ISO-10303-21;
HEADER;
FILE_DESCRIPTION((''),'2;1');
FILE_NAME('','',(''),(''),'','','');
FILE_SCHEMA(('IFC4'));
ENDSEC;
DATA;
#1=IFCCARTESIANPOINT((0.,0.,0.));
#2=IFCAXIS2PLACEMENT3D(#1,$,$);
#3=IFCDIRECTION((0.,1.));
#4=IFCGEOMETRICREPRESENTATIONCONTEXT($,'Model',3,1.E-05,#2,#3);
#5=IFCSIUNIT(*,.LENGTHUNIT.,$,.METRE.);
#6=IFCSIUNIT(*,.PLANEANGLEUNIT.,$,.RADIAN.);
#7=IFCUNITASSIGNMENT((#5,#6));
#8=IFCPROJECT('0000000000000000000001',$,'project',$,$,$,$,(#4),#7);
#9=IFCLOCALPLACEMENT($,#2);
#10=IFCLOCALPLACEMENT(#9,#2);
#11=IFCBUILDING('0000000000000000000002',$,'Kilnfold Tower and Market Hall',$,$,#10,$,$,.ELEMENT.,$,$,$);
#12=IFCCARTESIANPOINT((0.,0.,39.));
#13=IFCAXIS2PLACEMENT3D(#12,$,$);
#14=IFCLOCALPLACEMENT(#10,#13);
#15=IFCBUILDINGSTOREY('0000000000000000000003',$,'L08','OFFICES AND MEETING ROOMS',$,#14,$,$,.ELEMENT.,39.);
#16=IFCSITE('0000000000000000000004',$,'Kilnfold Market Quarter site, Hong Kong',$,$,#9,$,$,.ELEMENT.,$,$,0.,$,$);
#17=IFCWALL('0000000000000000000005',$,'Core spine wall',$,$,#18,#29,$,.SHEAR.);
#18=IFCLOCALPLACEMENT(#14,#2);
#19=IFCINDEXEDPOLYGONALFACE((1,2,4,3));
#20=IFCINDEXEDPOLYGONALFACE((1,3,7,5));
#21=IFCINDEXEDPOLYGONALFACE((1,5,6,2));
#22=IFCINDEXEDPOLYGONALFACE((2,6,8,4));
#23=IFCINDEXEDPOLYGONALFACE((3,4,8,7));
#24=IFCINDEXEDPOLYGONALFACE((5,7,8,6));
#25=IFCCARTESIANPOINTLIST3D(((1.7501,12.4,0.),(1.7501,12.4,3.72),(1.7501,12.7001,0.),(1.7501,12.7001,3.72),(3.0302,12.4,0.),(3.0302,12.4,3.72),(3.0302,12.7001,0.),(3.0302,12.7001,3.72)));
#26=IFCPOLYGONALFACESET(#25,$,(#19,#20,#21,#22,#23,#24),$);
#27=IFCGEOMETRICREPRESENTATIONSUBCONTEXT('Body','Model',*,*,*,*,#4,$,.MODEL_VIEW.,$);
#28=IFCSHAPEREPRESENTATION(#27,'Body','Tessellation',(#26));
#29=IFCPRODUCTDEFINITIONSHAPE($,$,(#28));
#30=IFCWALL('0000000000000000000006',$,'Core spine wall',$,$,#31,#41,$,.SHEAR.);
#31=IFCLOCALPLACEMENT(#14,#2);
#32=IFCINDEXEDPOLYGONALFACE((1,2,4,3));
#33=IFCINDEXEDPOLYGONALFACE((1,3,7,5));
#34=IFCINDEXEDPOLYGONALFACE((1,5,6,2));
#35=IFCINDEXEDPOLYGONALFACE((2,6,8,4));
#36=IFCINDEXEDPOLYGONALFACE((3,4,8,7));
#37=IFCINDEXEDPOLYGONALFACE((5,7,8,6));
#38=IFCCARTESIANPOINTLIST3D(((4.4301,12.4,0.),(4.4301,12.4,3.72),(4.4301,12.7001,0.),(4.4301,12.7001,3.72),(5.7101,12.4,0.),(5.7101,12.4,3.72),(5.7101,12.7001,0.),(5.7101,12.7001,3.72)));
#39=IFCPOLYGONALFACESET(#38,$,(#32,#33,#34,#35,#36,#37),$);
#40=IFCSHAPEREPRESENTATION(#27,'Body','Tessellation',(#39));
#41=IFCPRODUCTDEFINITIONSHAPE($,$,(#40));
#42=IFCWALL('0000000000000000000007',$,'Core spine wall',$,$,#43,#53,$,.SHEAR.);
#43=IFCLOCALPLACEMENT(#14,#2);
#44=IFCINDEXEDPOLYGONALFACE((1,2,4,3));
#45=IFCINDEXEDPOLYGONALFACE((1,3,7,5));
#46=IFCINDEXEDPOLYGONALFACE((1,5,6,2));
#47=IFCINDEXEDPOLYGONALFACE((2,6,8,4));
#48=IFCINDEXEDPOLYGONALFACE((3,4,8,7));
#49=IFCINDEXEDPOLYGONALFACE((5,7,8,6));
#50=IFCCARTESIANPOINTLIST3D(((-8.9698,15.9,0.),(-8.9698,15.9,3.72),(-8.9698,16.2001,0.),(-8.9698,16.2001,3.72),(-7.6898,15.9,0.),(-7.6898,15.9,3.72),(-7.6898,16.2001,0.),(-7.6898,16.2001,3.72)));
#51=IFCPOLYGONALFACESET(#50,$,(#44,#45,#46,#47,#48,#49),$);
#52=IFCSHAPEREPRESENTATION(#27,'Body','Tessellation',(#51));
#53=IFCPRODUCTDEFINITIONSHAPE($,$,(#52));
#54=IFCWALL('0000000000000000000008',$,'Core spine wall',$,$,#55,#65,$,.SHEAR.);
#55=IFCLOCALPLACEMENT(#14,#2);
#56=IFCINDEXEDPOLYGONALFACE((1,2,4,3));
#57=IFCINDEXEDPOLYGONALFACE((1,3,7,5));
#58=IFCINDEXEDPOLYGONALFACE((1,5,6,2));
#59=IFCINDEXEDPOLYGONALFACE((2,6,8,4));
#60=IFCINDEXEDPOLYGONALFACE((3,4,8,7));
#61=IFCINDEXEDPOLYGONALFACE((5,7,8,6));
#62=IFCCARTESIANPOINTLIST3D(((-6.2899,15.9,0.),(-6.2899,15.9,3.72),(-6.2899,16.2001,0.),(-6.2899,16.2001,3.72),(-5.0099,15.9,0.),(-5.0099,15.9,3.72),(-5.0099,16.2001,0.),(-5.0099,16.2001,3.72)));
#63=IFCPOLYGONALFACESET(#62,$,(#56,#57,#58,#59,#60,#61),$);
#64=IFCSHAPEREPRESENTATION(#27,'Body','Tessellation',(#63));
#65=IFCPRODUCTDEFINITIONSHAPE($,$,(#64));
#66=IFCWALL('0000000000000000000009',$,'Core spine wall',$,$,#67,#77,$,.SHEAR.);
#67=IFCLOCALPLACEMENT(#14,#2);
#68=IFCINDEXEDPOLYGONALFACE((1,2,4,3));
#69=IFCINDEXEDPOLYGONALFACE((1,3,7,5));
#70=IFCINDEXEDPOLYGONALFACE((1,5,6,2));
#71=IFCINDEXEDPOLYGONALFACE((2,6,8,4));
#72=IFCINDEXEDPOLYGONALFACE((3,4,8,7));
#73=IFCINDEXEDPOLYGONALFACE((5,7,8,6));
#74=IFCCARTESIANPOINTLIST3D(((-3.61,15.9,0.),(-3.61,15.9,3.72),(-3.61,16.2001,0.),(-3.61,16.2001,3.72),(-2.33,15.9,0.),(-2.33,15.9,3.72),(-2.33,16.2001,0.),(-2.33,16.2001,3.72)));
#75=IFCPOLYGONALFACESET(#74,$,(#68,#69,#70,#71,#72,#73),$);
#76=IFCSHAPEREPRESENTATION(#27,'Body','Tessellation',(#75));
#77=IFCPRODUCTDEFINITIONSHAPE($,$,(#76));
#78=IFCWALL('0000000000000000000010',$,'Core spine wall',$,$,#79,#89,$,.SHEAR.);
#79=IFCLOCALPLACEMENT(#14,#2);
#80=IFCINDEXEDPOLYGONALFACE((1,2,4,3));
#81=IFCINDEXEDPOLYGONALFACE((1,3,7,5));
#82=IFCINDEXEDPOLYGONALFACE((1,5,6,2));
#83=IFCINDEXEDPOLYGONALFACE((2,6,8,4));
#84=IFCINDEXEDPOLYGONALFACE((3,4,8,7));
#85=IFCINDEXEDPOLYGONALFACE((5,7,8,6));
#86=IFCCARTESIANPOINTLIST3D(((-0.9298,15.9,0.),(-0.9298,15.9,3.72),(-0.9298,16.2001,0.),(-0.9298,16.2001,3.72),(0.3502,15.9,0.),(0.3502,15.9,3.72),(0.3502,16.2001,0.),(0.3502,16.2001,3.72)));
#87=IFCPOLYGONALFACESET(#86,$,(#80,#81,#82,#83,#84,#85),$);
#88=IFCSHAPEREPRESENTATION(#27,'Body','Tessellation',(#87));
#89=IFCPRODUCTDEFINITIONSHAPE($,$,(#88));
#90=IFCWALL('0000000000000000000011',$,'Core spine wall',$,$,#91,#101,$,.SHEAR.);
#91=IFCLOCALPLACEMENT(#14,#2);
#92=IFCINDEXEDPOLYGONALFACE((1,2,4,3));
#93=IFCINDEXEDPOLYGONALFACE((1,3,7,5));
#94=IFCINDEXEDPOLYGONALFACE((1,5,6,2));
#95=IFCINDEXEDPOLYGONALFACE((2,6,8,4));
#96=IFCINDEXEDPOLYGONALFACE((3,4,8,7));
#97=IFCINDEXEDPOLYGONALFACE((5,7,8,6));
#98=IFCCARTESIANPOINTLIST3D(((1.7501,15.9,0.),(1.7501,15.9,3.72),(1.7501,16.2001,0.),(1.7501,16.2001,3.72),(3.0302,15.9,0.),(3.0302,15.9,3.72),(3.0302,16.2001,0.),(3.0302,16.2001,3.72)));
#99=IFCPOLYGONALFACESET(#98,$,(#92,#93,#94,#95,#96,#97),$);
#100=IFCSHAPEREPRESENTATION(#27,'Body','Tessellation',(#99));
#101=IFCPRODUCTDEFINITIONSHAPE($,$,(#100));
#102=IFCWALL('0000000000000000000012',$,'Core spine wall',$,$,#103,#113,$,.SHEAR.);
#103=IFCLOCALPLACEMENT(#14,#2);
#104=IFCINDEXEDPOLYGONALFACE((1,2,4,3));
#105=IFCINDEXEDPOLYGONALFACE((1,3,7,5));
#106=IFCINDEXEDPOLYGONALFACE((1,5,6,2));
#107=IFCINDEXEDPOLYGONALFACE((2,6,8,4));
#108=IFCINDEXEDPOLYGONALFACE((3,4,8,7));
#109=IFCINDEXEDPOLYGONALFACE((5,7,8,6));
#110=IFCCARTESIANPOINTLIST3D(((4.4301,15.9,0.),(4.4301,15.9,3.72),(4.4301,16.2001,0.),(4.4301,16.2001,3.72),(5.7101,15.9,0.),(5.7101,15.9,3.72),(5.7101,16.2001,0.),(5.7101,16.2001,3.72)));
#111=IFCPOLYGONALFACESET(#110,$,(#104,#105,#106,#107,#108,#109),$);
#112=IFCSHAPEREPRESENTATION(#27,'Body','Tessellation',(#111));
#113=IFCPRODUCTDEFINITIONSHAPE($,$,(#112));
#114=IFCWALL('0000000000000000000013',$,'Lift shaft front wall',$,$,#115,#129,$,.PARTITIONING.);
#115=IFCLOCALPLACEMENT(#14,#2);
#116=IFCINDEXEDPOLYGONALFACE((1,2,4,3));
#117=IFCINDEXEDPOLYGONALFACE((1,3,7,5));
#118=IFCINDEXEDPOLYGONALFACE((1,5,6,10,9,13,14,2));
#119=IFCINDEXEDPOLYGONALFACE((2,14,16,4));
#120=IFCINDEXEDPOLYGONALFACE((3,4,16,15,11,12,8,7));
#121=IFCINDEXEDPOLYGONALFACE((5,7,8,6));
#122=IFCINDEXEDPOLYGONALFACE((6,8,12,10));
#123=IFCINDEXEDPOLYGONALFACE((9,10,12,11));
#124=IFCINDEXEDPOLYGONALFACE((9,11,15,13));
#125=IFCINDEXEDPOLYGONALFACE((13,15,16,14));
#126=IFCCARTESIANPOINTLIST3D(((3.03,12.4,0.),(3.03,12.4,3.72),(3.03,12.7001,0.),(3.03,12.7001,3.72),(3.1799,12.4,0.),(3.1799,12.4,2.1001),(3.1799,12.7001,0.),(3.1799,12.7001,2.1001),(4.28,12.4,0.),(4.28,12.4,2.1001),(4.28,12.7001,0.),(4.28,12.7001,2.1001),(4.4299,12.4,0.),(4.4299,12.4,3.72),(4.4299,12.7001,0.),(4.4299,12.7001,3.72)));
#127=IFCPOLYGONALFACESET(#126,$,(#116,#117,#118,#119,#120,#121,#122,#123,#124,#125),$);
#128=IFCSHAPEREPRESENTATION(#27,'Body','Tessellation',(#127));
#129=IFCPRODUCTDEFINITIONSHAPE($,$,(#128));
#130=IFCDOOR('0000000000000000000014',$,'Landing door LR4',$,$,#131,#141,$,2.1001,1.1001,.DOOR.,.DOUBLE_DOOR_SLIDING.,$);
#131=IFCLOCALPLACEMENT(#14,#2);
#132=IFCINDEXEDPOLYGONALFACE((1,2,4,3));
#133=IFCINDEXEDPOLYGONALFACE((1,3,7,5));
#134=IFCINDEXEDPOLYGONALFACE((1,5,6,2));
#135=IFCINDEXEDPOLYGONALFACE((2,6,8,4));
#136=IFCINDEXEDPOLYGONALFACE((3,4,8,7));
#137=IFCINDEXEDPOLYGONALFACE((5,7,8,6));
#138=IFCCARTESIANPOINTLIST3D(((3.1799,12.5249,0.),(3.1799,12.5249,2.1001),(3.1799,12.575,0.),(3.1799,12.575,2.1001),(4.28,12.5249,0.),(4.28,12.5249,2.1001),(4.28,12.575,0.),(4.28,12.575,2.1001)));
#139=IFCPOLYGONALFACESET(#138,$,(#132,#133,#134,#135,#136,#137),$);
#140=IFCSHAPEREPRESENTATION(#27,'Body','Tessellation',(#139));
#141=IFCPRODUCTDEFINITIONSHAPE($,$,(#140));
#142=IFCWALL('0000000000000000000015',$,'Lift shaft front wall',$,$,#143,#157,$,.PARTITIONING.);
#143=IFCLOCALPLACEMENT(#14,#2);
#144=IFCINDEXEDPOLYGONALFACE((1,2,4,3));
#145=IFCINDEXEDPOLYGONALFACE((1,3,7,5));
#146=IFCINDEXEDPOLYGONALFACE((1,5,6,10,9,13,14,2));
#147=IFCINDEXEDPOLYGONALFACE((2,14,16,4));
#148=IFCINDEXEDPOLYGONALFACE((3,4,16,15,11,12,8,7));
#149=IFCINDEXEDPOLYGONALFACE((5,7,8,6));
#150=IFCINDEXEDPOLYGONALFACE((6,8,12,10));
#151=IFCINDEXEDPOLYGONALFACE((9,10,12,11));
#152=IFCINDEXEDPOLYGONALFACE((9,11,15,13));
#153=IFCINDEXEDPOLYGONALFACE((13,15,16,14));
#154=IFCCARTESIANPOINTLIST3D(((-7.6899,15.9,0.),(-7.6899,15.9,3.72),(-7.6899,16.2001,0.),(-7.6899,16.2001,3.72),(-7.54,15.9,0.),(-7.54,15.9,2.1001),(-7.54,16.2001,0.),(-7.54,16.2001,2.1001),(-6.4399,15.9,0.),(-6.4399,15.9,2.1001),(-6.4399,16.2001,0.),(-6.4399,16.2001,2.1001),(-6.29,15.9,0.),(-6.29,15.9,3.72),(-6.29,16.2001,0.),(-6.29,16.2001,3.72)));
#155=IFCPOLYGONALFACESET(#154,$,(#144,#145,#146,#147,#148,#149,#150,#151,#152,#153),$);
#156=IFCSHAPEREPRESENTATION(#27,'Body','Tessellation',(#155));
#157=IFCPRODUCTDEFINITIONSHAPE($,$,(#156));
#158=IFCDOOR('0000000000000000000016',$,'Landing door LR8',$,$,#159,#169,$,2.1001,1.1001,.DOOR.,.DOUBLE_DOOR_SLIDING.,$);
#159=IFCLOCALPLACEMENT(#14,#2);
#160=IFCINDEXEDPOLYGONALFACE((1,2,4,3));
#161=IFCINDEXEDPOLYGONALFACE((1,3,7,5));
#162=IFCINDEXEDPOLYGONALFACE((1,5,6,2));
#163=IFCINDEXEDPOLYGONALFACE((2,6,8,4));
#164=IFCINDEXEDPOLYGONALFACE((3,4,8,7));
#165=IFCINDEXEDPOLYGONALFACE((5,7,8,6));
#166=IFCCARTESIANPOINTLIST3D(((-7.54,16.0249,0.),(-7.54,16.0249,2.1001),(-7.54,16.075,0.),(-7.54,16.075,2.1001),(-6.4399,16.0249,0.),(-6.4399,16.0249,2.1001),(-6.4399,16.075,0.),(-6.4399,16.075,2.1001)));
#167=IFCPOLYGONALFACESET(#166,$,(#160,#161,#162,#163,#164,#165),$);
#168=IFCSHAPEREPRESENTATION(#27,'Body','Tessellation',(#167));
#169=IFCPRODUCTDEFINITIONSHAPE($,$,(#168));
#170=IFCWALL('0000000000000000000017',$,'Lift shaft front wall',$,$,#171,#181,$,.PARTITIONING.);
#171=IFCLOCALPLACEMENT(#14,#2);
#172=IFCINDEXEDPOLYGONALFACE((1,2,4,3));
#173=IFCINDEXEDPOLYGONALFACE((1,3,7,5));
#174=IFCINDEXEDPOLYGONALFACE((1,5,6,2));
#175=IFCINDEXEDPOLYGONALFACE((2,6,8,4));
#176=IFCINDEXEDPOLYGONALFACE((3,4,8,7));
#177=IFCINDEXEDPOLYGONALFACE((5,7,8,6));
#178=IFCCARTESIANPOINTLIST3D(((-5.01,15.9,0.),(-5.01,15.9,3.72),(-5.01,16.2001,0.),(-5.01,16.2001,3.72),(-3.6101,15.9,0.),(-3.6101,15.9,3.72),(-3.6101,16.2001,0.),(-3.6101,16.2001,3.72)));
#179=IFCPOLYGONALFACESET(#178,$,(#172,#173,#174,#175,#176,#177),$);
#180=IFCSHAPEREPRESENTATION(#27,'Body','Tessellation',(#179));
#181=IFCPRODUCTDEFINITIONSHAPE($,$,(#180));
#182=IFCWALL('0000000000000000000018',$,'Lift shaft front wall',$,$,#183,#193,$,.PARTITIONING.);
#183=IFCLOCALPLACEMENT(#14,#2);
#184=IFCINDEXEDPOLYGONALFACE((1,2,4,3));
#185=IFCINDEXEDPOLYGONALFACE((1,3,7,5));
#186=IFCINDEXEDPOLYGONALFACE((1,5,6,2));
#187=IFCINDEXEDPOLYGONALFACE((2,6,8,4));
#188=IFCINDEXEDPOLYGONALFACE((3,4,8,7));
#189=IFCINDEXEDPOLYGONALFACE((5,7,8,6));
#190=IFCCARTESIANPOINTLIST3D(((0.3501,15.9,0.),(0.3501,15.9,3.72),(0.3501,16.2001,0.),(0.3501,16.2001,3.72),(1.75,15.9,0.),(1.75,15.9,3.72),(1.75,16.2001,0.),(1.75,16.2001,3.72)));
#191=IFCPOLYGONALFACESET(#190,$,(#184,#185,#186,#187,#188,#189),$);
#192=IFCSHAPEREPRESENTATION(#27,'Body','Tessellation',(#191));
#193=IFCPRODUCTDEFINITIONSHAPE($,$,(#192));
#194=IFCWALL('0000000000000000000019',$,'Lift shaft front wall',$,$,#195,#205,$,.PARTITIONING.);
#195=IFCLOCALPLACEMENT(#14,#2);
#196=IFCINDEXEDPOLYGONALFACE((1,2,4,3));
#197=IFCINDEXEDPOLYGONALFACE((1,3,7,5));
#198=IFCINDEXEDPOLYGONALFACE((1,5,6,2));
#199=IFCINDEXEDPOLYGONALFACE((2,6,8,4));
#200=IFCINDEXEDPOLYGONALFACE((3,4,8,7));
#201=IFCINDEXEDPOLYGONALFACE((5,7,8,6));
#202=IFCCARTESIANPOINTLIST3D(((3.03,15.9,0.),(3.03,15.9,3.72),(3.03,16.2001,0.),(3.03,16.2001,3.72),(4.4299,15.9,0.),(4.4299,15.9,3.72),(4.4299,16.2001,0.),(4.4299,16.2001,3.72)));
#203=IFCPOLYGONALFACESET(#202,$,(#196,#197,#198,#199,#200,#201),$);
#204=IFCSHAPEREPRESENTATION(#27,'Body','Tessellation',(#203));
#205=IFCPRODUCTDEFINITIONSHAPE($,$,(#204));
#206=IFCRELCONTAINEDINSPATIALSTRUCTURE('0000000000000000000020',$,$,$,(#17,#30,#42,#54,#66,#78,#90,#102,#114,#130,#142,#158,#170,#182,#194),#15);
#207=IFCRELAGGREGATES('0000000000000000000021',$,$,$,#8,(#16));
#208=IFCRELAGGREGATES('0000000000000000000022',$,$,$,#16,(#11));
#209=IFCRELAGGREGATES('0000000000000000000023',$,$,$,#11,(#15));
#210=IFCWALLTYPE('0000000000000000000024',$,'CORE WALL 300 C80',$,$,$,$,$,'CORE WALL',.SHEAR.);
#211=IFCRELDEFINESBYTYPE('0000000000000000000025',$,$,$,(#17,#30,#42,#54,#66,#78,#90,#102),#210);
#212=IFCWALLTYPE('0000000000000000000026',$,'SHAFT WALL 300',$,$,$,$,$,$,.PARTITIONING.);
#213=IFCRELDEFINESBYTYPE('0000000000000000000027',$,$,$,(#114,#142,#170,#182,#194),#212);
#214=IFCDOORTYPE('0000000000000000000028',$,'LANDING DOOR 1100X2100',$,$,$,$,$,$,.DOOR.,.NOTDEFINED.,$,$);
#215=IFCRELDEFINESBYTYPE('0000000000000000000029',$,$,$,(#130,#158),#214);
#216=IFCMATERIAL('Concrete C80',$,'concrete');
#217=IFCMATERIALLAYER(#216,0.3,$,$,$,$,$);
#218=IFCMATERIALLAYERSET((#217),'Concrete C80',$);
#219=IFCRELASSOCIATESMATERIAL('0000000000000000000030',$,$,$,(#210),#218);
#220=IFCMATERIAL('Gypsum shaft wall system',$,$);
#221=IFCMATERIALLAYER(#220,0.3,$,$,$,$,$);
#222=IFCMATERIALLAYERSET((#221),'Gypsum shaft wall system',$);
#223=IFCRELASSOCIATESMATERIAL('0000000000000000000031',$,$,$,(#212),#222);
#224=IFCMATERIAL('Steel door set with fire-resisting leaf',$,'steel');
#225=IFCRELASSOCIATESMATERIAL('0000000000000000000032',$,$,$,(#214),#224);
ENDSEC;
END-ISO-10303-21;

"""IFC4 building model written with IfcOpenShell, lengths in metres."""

from ifc_helpers import new_model, si_unit, direction, frame, frame_2d, origin, place, context, subcontext, project, spatial, rectangle, extrude, source, transform, mapped, material, layer, layer_set, type_object, element, fill, save


model = new_model("IFC4")

# Units and contexts
model_context = context("Model", 3, precision=1e-05, world=origin(), true_north=direction((0.0, 1.0)))
body_context = subcontext(model_context, "Body", "Model", "MODEL_VIEW")
ifc_project = project(units=[si_unit("LENGTHUNIT", "METRE"), si_unit("PLANEANGLEUNIT", "RADIAN")], contexts=[model_context])

# Site, building, storey
site_placement = place(None, origin())
site = spatial("IfcSite", under=ifc_project, at=site_placement, Name="Kilnfold Market Quarter site, Hong Kong", CompositionType="ELEMENT", RefElevation=0.0)
building_placement = place(site_placement, origin())
building = spatial("IfcBuilding", under=site, at=building_placement, Name="Kilnfold Tower and Market Hall", CompositionType="ELEMENT")
storey_placement = place(building_placement, frame((0.0, 0.0, 39.0)))
storey = spatial("IfcBuildingStorey", under=building, at=storey_placement, Name="L08", Description="OFFICES AND MEETING ROOMS", CompositionType="ELEMENT", Elevation=39.0)

# Walls
ifc_material_1 = material(Name="Concrete C80", Category="concrete")
ifc_layer_1 = layer(ifc_material_1, 0.3)
ifc_layer_set_1 = layer_set([ifc_layer_1], Name="Concrete C80")
wall_type_1 = type_object("IfcWallType", Name="CORE WALL 300 C80", ElementType="CORE WALL", PredefinedType="SHEAR", material=ifc_layer_set_1)
shared_shape_1 = source(origin(), body_context, "Body", "SweptSolid", [
    extrude(rectangle(XDim=1.28, YDim=0.3, at=frame_2d((0.6401, 0.0))), origin(), (0.0, 0.0, 1.0), 3.72),
])
for number, where, z_axis, x_axis, name in (
    (1, (1.75, 12.55, 0.0), (0.0, 0.0, 1.0), (1.0, 0.0, 0.0), "Core spine wall"),
    (2, (4.4299, 12.55, 0.0), (0.0, 0.0, 1.0), (1.0, 0.0, 0.0), "Core spine wall"),
    (3, (-8.97, 16.05, 0.0), (0.0, 0.0, 1.0), (1.0, 0.0, 0.0), "Core spine wall"),
    (4, (-6.29, 16.05, 0.0), (0.0, 0.0, 1.0), (1.0, 0.0, 0.0), "Core spine wall"),
    (5, (-3.6101, 16.05, 0.0), (0.0, 0.0, 1.0), (1.0, 0.0, 0.0), "Core spine wall"),
    (6, (-0.9299, 16.05, 0.0), (0.0, 0.0, 1.0), (1.0, 0.0, 0.0), "Core spine wall"),
    (7, (1.75, 16.05, 0.0), (0.0, 0.0, 1.0), (1.0, 0.0, 0.0), "Core spine wall"),
    (8, (4.4299, 16.05, 0.0), (0.0, 0.0, 1.0), (1.0, 0.0, 0.0), "Core spine wall"),
):
    element("IfcWall", number, at=place(storey_placement, frame(where, z_axis=z_axis, x_axis=x_axis)), inside=storey, type_object=wall_type_1, Name=name, PredefinedType="SHEAR", context=body_context, shape_type="MappedRepresentation", body=[
        mapped(shared_shape_1, transform((0.0, 0.0, 0.0))),
    ])

# Walls, openings, doors
ifc_material_2 = material(Name="Gypsum shaft wall system")
ifc_layer_2 = layer(ifc_material_2, 0.3)
ifc_layer_set_2 = layer_set([ifc_layer_2], Name="Gypsum shaft wall system")
wall_type_2 = type_object("IfcWallType", Name="SHAFT WALL 300", PredefinedType="PARTITIONING", material=ifc_layer_set_2)
shared_shape_2 = source(origin(), body_context, "Body", "SweptSolid", [
    extrude(rectangle(XDim=1.3999, YDim=0.3, at=frame_2d((0.7, 0.0))), origin(), (0.0, 0.0, 1.0), 3.72),
])
wall_1_placement = place(storey_placement, frame((3.03, 12.55, 0.0), z_axis=(0.0, 0.0, 1.0), x_axis=(1.0, 0.0, 0.0)))
wall_1 = element("IfcWall", 9, at=wall_1_placement, inside=storey, type_object=wall_type_2, Name="Lift shaft front wall", PredefinedType="PARTITIONING", context=body_context, shape_type="MappedRepresentation", body=[
    mapped(shared_shape_2, transform((0.0, 0.0, 0.0))),
])
opening_1_placement = place(wall_1_placement, frame((0.1499, 0.0, 0.0)))
opening_1 = element("IfcOpeningElement", 10, at=opening_1_placement, cuts=wall_1, PredefinedType="OPENING", context=body_context, shape_type="SweptSolid", body=[
    extrude(rectangle(XDim=1.1001, YDim=2.1001, at=frame_2d((0.55, 1.05))), frame((0.0, 0.1602, 0.0), z_axis=(0.0, -1.0, 0.0), x_axis=(1.0, 0.0, 0.0)), (0.0, 0.0, 1.0), 0.3201),
])
ifc_material_3 = material(Name="Steel door set with fire-resisting leaf", Category="steel")
door_type = type_object("IfcDoorType", Name="LANDING DOOR 1100X2100", OperationType="NOTDEFINED", PredefinedType="DOOR", material=ifc_material_3)
door_1_placement = place(opening_1_placement, origin())
door_1 = element("IfcDoor", 11, at=door_1_placement, inside=storey, type_object=door_type, Name="Landing door LR4", OperationType="DOUBLE_DOOR_SLIDING", OverallHeight=2.1001, OverallWidth=1.1001, PredefinedType="DOOR", context=body_context, shape_type="SweptSolid", body=[
    extrude(rectangle(XDim=1.1001, YDim=2.1001, at=frame_2d((0.55, 1.05))), frame((0.0, 0.0249, 0.0), z_axis=(0.0, -1.0, 0.0), x_axis=(1.0, 0.0, 0.0)), (0.0, 0.0, 1.0), 0.05),
])
fill(opening_1, door_1)
wall_2_placement = place(storey_placement, frame((-7.6899, 16.05, 0.0), z_axis=(0.0, 0.0, 1.0), x_axis=(1.0, 0.0, 0.0)))
wall_2 = element("IfcWall", 12, at=wall_2_placement, inside=storey, type_object=wall_type_2, Name="Lift shaft front wall", PredefinedType="PARTITIONING", context=body_context, shape_type="MappedRepresentation", body=[
    mapped(shared_shape_2, transform((0.0, 0.0, 0.0))),
])
opening_2_placement = place(wall_2_placement, frame((0.1499, 0.0, 0.0)))
opening_2 = element("IfcOpeningElement", 13, at=opening_2_placement, cuts=wall_2, PredefinedType="OPENING", context=body_context, shape_type="SweptSolid", body=[
    extrude(rectangle(XDim=1.1001, YDim=2.1001, at=frame_2d((0.55, 1.05))), frame((0.0, 0.1602, 0.0), z_axis=(0.0, -1.0, 0.0), x_axis=(1.0, 0.0, 0.0)), (0.0, 0.0, 1.0), 0.3201),
])
door_2_placement = place(opening_2_placement, origin())
door_2 = element("IfcDoor", 14, at=door_2_placement, inside=storey, type_object=door_type, Name="Landing door LR8", OperationType="DOUBLE_DOOR_SLIDING", OverallHeight=2.1001, OverallWidth=1.1001, PredefinedType="DOOR", context=body_context, shape_type="SweptSolid", body=[
    extrude(rectangle(XDim=1.1001, YDim=2.1001, at=frame_2d((0.55, 1.05))), frame((0.0, 0.0249, 0.0), z_axis=(0.0, -1.0, 0.0), x_axis=(1.0, 0.0, 0.0)), (0.0, 0.0, 1.0), 0.05),
])
fill(opening_2, door_2)

# Walls
for number, where, z_axis, x_axis, name in (
    (15, (-5.01, 16.05, 0.0), (0.0, 0.0, 1.0), (1.0, 0.0, 0.0), "Lift shaft front wall"),
    (16, (0.3501, 16.05, 0.0), (0.0, 0.0, 1.0), (1.0, 0.0, 0.0), "Lift shaft front wall"),
    (17, (3.03, 16.05, 0.0), (0.0, 0.0, 1.0), (1.0, 0.0, 0.0), "Lift shaft front wall"),
):
    element("IfcWall", number, at=place(storey_placement, frame(where, z_axis=z_axis, x_axis=x_axis)), inside=storey, type_object=wall_type_2, Name=name, PredefinedType="PARTITIONING", context=body_context, shape_type="MappedRepresentation", body=[
        mapped(shared_shape_2, transform((0.0, 0.0, 0.0))),
    ])

save(model, "model.ifc")
